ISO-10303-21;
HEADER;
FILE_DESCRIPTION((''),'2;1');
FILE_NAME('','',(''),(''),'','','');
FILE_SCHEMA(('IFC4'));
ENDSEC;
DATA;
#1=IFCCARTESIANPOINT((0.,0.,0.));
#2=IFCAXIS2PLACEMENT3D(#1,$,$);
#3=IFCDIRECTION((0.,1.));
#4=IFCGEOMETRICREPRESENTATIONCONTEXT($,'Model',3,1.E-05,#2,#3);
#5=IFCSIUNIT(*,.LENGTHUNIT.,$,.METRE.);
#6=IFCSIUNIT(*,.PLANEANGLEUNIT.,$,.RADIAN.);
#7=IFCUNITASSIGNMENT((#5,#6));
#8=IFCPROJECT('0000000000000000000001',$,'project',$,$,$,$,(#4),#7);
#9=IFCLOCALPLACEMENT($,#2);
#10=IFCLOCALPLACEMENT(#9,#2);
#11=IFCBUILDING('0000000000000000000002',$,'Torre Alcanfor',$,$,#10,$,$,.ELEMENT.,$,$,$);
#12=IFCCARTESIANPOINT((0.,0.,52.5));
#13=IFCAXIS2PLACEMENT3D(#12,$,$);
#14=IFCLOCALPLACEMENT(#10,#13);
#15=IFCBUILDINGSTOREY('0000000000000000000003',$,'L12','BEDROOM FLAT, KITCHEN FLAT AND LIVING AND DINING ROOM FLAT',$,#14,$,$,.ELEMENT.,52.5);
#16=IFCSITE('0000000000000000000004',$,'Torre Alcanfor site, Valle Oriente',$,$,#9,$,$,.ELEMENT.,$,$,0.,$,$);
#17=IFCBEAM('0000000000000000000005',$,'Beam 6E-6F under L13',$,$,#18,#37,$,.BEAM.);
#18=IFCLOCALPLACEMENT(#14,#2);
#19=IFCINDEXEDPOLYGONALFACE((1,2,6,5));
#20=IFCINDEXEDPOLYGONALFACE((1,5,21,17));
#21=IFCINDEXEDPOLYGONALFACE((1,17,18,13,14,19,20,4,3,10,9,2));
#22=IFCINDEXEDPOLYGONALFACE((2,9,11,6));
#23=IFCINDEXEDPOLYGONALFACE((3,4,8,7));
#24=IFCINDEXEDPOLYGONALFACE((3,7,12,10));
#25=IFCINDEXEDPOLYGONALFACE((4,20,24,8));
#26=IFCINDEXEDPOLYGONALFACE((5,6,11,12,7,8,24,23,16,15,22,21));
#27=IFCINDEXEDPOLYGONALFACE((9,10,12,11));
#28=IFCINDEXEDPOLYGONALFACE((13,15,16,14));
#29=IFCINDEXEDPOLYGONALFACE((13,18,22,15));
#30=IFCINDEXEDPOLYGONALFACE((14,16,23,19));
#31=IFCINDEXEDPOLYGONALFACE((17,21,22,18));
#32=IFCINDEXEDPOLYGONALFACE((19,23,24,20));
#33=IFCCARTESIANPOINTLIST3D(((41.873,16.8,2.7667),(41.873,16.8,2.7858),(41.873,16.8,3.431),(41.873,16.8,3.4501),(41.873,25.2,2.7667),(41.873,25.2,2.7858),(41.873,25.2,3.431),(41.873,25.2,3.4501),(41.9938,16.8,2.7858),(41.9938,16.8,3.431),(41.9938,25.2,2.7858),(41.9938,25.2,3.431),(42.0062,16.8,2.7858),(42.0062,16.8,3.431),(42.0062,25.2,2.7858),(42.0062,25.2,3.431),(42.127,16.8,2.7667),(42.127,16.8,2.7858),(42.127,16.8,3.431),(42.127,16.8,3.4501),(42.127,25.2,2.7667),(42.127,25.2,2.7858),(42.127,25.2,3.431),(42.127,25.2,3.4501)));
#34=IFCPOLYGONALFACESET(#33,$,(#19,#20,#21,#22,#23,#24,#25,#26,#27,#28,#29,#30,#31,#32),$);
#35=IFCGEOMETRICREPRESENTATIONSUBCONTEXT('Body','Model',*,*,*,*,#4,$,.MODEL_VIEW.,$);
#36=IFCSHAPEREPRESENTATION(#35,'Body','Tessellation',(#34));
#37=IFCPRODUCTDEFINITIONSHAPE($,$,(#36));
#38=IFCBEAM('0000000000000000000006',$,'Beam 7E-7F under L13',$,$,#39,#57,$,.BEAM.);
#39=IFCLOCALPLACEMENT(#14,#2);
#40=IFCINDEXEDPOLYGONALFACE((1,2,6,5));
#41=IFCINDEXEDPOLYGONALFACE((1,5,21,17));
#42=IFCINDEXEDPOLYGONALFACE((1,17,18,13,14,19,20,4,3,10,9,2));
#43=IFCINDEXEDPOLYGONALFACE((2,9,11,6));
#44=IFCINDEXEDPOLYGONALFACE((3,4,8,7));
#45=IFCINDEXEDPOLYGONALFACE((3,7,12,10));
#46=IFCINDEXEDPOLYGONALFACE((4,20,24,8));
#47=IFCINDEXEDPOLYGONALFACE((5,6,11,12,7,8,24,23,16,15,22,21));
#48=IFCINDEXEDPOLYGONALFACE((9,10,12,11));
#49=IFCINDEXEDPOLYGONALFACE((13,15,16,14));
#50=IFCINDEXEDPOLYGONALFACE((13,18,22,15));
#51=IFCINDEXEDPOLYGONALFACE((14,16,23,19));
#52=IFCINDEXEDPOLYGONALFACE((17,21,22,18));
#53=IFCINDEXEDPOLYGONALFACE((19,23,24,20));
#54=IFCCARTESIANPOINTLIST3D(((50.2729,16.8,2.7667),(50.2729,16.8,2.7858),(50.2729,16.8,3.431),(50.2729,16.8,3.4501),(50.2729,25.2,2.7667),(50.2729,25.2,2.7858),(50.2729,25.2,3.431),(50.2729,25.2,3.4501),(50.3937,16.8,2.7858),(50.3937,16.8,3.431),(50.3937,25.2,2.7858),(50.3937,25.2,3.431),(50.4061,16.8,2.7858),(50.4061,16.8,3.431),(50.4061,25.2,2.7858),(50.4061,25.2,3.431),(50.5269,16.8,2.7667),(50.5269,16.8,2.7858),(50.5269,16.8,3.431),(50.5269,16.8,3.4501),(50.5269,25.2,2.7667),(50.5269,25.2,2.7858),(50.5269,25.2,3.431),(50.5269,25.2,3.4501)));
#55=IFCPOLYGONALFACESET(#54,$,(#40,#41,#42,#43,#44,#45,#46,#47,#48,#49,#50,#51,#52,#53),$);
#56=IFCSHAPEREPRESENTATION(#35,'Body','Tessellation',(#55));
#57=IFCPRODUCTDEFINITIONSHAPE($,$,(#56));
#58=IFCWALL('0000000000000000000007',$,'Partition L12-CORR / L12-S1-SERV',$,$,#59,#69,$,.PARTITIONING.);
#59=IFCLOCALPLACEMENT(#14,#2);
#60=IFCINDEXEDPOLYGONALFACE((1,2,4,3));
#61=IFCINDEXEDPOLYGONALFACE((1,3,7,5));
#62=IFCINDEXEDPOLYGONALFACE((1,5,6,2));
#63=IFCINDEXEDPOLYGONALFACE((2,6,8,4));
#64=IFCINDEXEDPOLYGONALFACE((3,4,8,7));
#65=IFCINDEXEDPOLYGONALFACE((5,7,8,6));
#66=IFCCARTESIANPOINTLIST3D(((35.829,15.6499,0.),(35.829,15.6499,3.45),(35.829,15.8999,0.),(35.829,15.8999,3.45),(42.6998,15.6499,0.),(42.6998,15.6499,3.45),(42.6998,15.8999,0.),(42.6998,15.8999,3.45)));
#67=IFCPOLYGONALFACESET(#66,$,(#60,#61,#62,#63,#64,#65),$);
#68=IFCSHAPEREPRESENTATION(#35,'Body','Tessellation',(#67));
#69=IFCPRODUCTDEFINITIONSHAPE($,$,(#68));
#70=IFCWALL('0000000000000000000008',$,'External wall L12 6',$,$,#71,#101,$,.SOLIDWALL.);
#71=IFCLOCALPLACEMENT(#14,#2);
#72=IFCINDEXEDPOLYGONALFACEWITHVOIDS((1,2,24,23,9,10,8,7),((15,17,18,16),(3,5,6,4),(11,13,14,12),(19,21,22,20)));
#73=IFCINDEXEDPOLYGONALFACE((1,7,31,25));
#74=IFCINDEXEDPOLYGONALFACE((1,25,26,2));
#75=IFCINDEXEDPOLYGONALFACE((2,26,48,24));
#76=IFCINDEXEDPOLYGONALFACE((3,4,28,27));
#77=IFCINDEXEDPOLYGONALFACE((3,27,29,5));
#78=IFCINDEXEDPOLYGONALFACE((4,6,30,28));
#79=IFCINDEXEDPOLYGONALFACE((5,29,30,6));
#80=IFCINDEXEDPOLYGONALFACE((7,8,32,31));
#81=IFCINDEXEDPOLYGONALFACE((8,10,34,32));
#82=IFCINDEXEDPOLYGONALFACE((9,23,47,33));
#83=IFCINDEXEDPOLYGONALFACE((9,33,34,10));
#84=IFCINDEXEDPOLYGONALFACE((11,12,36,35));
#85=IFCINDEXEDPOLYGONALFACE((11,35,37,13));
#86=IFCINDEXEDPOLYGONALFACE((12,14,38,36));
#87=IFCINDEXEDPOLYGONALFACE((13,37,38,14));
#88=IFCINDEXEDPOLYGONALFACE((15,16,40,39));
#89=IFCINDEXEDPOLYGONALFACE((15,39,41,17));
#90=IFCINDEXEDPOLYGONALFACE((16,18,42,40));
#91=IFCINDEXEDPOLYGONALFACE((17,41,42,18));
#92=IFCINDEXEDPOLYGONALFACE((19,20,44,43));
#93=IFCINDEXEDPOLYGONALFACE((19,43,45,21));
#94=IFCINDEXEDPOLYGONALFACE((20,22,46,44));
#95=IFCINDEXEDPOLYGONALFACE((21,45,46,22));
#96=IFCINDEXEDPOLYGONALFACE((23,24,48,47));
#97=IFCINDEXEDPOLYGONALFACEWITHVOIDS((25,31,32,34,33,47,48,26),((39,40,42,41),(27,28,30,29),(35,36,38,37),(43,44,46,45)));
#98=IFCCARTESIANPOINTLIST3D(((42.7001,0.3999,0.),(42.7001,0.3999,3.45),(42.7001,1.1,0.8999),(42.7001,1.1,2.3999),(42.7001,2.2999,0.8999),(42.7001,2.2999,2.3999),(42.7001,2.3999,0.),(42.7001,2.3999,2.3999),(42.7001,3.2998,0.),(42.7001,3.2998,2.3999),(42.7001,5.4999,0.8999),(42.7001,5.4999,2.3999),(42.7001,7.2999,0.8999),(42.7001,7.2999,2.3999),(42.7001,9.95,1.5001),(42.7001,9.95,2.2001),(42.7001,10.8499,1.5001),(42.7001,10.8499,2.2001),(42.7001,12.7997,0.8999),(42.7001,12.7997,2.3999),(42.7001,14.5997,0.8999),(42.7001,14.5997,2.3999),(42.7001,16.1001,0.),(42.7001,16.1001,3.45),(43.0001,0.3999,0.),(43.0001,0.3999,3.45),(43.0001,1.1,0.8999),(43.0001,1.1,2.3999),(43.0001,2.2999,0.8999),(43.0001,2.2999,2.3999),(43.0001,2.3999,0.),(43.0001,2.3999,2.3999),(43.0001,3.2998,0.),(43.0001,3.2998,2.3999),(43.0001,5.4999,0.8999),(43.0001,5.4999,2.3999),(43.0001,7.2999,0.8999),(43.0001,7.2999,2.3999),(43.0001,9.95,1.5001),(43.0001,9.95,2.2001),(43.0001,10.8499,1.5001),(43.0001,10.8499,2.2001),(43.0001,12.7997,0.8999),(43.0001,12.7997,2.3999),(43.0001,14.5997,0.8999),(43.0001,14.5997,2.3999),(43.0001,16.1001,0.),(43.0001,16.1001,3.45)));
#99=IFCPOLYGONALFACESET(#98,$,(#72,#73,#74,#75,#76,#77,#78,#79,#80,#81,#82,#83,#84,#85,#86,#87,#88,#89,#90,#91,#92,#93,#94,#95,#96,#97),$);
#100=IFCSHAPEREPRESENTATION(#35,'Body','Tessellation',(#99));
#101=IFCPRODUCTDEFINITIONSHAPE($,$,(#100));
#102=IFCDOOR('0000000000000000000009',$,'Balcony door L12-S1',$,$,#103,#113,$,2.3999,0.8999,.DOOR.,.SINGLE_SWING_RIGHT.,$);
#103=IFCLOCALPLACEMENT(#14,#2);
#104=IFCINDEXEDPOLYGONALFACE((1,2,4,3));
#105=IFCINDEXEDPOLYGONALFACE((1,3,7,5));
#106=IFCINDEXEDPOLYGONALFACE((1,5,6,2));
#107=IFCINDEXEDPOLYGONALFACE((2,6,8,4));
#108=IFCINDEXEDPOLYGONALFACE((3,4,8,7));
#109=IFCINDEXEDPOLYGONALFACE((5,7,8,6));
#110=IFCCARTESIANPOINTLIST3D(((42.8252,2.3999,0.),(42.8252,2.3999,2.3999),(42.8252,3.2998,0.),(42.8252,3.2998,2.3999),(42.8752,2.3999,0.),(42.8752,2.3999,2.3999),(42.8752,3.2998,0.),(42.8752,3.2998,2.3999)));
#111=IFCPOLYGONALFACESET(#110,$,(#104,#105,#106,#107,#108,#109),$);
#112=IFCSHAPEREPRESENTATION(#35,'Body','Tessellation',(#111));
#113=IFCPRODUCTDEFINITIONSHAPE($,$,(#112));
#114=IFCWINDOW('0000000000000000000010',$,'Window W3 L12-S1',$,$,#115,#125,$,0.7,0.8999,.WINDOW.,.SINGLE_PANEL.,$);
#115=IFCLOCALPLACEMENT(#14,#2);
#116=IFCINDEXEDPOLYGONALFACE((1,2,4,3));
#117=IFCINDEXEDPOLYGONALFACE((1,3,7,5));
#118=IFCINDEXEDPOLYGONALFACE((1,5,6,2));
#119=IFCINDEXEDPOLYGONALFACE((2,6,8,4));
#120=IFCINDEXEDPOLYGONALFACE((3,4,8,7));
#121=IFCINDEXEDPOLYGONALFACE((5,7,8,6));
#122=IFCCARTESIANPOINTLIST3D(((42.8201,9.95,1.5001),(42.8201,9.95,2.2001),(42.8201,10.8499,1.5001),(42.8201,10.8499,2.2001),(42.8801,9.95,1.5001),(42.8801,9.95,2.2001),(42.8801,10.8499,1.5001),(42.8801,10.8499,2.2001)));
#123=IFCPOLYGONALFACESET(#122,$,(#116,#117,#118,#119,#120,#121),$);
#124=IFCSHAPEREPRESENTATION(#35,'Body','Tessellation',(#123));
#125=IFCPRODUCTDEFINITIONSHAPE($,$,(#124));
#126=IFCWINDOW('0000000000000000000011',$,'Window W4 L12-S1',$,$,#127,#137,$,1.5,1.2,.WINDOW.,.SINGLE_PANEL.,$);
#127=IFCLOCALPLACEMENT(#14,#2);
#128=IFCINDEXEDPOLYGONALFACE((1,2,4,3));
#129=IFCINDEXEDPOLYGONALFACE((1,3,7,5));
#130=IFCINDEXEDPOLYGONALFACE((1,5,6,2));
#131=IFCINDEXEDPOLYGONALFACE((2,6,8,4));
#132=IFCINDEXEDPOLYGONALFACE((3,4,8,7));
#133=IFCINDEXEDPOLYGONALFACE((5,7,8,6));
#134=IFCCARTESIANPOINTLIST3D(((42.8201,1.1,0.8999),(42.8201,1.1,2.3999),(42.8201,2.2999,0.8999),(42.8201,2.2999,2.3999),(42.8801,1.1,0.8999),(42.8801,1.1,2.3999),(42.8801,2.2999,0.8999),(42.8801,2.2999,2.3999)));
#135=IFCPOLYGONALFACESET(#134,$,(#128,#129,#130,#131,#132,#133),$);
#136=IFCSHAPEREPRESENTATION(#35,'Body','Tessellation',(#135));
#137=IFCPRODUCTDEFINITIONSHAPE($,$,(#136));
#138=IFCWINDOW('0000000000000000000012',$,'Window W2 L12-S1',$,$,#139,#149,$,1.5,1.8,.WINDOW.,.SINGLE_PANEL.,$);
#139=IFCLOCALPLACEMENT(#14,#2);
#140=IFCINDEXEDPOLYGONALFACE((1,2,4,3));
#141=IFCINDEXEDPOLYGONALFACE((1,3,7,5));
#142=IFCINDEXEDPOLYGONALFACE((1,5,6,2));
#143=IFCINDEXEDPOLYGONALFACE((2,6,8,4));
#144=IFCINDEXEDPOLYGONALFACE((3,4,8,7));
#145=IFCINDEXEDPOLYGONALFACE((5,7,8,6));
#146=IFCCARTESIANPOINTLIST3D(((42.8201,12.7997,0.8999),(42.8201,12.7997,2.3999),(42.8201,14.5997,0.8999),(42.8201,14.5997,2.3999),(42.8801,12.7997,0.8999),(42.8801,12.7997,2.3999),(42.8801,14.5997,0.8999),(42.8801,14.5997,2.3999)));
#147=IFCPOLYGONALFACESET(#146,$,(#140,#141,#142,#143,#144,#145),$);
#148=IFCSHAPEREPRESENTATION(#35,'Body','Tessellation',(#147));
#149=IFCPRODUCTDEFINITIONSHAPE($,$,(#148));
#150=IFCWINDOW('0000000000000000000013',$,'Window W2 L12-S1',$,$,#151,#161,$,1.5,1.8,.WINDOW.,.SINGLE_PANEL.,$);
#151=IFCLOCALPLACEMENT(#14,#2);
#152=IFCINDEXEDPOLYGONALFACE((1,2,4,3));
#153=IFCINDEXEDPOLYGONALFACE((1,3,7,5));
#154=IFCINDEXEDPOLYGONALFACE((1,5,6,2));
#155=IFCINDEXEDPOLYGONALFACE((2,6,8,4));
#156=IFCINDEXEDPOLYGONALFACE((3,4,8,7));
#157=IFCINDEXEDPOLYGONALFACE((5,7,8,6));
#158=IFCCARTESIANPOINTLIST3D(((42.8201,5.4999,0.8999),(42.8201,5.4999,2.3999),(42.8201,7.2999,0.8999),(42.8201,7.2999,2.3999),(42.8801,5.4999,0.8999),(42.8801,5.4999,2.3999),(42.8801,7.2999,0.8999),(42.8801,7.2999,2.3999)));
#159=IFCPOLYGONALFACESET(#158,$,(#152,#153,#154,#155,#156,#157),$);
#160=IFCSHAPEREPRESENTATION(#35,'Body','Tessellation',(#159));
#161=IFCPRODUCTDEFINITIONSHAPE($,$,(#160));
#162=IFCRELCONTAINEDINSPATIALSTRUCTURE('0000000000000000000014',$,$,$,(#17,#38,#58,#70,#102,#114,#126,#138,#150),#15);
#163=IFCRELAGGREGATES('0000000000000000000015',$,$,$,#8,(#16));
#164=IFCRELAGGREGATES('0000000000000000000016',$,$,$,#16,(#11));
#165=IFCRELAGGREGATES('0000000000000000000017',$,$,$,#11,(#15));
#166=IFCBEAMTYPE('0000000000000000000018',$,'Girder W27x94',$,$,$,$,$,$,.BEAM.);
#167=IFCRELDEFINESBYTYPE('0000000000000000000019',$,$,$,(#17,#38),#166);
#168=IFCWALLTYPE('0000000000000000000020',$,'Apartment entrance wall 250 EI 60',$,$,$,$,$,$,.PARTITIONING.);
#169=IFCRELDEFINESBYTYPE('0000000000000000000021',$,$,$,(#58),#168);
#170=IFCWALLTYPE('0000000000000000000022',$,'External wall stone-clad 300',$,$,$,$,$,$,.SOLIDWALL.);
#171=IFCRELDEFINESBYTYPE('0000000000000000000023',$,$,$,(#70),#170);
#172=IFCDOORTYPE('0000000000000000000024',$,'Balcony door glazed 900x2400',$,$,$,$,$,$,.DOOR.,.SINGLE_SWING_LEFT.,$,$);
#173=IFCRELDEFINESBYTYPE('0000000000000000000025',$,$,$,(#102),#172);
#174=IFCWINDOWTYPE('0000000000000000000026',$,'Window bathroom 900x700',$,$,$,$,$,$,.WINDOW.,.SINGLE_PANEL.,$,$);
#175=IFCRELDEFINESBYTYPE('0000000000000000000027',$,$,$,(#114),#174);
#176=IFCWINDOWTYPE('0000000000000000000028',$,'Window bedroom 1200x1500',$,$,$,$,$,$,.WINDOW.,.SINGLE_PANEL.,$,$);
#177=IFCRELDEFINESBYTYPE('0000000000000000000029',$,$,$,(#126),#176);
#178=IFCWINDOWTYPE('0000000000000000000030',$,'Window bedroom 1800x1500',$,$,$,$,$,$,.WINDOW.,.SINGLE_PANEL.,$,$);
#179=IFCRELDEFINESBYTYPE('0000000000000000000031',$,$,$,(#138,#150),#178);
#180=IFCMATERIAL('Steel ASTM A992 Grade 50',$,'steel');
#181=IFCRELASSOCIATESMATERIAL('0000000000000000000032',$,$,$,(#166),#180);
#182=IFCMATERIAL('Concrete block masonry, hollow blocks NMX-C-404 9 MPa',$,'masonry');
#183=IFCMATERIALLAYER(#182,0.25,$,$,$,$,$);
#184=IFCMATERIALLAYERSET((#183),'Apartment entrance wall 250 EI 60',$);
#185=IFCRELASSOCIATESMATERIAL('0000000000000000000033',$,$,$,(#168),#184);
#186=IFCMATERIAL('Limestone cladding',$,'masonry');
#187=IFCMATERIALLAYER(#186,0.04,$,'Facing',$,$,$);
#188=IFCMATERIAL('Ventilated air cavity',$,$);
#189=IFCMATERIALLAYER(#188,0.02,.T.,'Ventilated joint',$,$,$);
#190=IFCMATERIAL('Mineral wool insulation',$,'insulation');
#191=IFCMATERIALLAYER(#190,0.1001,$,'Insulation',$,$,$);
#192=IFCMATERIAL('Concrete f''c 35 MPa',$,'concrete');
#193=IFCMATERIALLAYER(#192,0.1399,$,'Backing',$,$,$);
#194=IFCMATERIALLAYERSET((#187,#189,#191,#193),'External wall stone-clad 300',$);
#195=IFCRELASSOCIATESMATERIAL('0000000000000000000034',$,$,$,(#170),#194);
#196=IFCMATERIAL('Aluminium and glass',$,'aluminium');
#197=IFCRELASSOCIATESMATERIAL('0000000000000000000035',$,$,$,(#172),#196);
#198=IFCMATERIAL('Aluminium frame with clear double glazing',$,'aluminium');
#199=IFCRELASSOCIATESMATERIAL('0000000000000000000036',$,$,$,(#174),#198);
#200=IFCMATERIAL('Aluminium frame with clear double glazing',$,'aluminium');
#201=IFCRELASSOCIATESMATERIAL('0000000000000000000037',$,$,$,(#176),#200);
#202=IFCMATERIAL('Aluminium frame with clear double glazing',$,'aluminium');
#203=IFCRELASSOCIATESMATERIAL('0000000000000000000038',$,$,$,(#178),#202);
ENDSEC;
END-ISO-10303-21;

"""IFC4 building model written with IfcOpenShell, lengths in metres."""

from ifc_helpers import new_model, si_unit, direction, frame, frame_2d, origin, origin_2d, place, context, subcontext, project, spatial, rectangle, i_section, extrude, material, layer, layer_set, material_profile, profile_set, type_object, element, fill, save


model = new_model("IFC4")

# Units and contexts
model_context = context("Model", 3, precision=1e-05, world=origin(), true_north=direction((0.0, 1.0)))
body_context = subcontext(model_context, "Body", "Model", "MODEL_VIEW")
ifc_project = project(units=[si_unit("LENGTHUNIT", "METRE"), si_unit("PLANEANGLEUNIT", "RADIAN")], contexts=[model_context])

# Site, building, storey
site_placement = place(None, origin())
site = spatial("IfcSite", under=ifc_project, at=site_placement, Name="Torre Alcanfor site, Valle Oriente", CompositionType="ELEMENT", RefElevation=0.0)
building_placement = place(site_placement, origin())
building = spatial("IfcBuilding", under=site, at=building_placement, Name="Torre Alcanfor", CompositionType="ELEMENT")
storey_placement = place(building_placement, frame((0.0, 0.0, 52.5)))
storey = spatial("IfcBuildingStorey", under=building, at=storey_placement, Name="L12", Description="BEDROOM FLAT, KITCHEN FLAT AND LIVING AND DINING ROOM FLAT", CompositionType="ELEMENT", Elevation=52.5)

# Beams
ifc_material_1 = material(Name="Steel ASTM A992 Grade 50", Category="steel")
ifc_material_profile_1 = material_profile(ifc_material_1, i_section(OverallWidth=0.2539, OverallDepth=0.6833, WebThickness=0.0125, FlangeThickness=0.019, at=origin_2d()), Name="W27x94")
ifc_profile_set_1 = profile_set([ifc_material_profile_1], Name="Steel ASTM A992 Grade 50")
beam_type_1 = type_object("IfcBeamType", Name="Girder W27x94", PredefinedType="BEAM", material=ifc_profile_set_1)
for number, where, z_axis, x_axis, name in (
    (1, (42.0, 16.8, 3.1084), (0.0, 1.0, 0.0), (-1.0, 0.0, 0.0), "Beam 6E-6F under L13"),
    (2, (50.3999, 16.8, 3.1084), (0.0, 1.0, 0.0), (-1.0, 0.0, 0.0), "Beam 7E-7F under L13"),
):
    element("IfcBeam", number, at=place(storey_placement, frame(where, z_axis=z_axis, x_axis=x_axis)), inside=storey, type_object=beam_type_1, Name=name, PredefinedType="BEAM", context=body_context, shape_type="SweptSolid", body=[
        extrude(i_section(OverallWidth=0.2539, OverallDepth=0.6833, WebThickness=0.0125, FlangeThickness=0.019, at=origin_2d()), origin(), (0.0, 0.0, 1.0), 8.3999),
    ])

# Wall
ifc_material_2 = material(Name="Concrete block masonry, hollow blocks NMX-C-404 9 MPa", Category="masonry")
ifc_layer_1 = layer(ifc_material_2, 0.25)
ifc_layer_set_1 = layer_set([ifc_layer_1], Name="Apartment entrance wall 250 EI 60")
wall_type_1 = type_object("IfcWallType", Name="Apartment entrance wall 250 EI 60", PredefinedType="PARTITIONING", material=ifc_layer_set_1)
wall_1_placement = place(storey_placement, frame((42.7, 15.7749, 0.0), z_axis=(0.0, 0.0, 1.0), x_axis=(-1.0, 0.0, 0.0)))
element("IfcWall", 3, at=wall_1_placement, inside=storey, type_object=wall_type_1, Name="Partition L12-CORR / L12-S1-SERV", PredefinedType="PARTITIONING", context=body_context, shape_type="SweptSolid", body=[
    extrude(rectangle(XDim=6.8708, YDim=0.25, at=frame_2d((3.4355, 0.0))), origin(), (0.0, 0.0, 1.0), 3.45),
])

# Wall, openings, door, windows
ifc_material_3 = material(Name="Limestone cladding", Category="masonry")
ifc_layer_2 = layer(ifc_material_3, 0.04, Name="Facing")
ifc_material_4 = material(Name="Ventilated air cavity")
ifc_layer_3 = layer(ifc_material_4, 0.02, ventilated=True, Name="Ventilated joint")
ifc_material_5 = material(Name="Mineral wool insulation", Category="insulation")
ifc_layer_4 = layer(ifc_material_5, 0.1001, Name="Insulation")
ifc_material_6 = material(Name="Concrete f'c 35 MPa", Category="concrete")
ifc_layer_5 = layer(ifc_material_6, 0.1399, Name="Backing")
ifc_layer_set_2 = layer_set([ifc_layer_2, ifc_layer_3, ifc_layer_4, ifc_layer_5], Name="External wall stone-clad 300")
wall_type_2 = type_object("IfcWallType", Name="External wall stone-clad 300", PredefinedType="SOLIDWALL", material=ifc_layer_set_2)
wall_2_placement = place(storey_placement, frame((42.8501, 0.3999, 0.0), z_axis=(0.0, 0.0, 1.0), x_axis=(0.0, 1.0, 0.0)))
wall_2 = element("IfcWall", 4, at=wall_2_placement, inside=storey, type_object=wall_type_2, Name="External wall L12 6", PredefinedType="SOLIDWALL", context=body_context, shape_type="SweptSolid", body=[
    extrude(rectangle(XDim=15.7002, YDim=0.3, at=frame_2d((7.8501, 0.0))), origin(), (0.0, 0.0, 1.0), 3.45),
])
opening_1_placement = place(wall_2_placement, frame((12.3999, 0.0, 0.8999)))
opening_1 = element("IfcOpeningElement", 5, at=opening_1_placement, cuts=wall_2, PredefinedType="OPENING", context=body_context, shape_type="SweptSolid", body=[
    extrude(rectangle(XDim=1.8, YDim=1.5, at=frame_2d((0.8999, 0.75))), frame((0.0, 0.1599, 0.0), z_axis=(0.0, -1.0, 0.0), x_axis=(1.0, 0.0, 0.0)), (0.0, 0.0, 1.0), 0.3201),
])
opening_2_placement = place(wall_2_placement, frame((9.55, 0.0, 1.5)))
opening_2 = element("IfcOpeningElement", 6, at=opening_2_placement, cuts=wall_2, PredefinedType="OPENING", context=body_context, shape_type="SweptSolid", body=[
    extrude(rectangle(XDim=0.8999, YDim=0.7, at=frame_2d((0.45, 0.3501))), frame((0.0, 0.1599, 0.0), z_axis=(0.0, -1.0, 0.0), x_axis=(1.0, 0.0, 0.0)), (0.0, 0.0, 1.0), 0.3201),
])
opening_3_placement = place(wall_2_placement, frame((5.1001, 0.0, 0.8999)))
opening_3 = element("IfcOpeningElement", 7, at=opening_3_placement, cuts=wall_2, PredefinedType="OPENING", context=body_context, shape_type="SweptSolid", body=[
    extrude(rectangle(XDim=1.8, YDim=1.5, at=frame_2d((0.8999, 0.75))), frame((0.0, 0.1599, 0.0), z_axis=(0.0, -1.0, 0.0), x_axis=(1.0, 0.0, 0.0)), (0.0, 0.0, 1.0), 0.3201),
])
opening_4_placement = place(wall_2_placement, frame((2.0, 0.0, 0.0)))
opening_4 = element("IfcOpeningElement", 8, at=opening_4_placement, cuts=wall_2, PredefinedType="OPENING", context=body_context, shape_type="SweptSolid", body=[
    extrude(rectangle(XDim=0.8999, YDim=2.3999, at=frame_2d((0.45, 1.2))), frame((0.0, 0.1599, 0.0), z_axis=(0.0, -1.0, 0.0), x_axis=(1.0, 0.0, 0.0)), (0.0, 0.0, 1.0), 0.3201),
])
opening_5_placement = place(wall_2_placement, frame((0.7, 0.0, 0.8999)))
opening_5 = element("IfcOpeningElement", 9, at=opening_5_placement, cuts=wall_2, PredefinedType="OPENING", context=body_context, shape_type="SweptSolid", body=[
    extrude(rectangle(XDim=1.2, YDim=1.5, at=frame_2d((0.6001, 0.75))), frame((0.0, 0.1599, 0.0), z_axis=(0.0, -1.0, 0.0), x_axis=(1.0, 0.0, 0.0)), (0.0, 0.0, 1.0), 0.3201),
])
ifc_material_7 = material(Name="Aluminium and glass", Category="aluminium")
door_type = type_object("IfcDoorType", Name="Balcony door glazed 900x2400", OperationType="SINGLE_SWING_LEFT", PredefinedType="DOOR", material=ifc_material_7)
door_1_placement = place(opening_4_placement, origin())
door_1 = element("IfcDoor", 10, at=door_1_placement, inside=storey, type_object=door_type, Name="Balcony door L12-S1", OperationType="SINGLE_SWING_RIGHT", OverallHeight=2.3999, OverallWidth=0.8999, PredefinedType="DOOR", context=body_context, shape_type="SweptSolid", body=[
    extrude(rectangle(XDim=0.8999, YDim=2.3999, at=frame_2d((0.45, 1.2))), frame((0.0, 0.0249, 0.0), z_axis=(0.0, -1.0, 0.0), x_axis=(1.0, 0.0, 0.0)), (0.0, 0.0, 1.0), 0.05),
])
fill(opening_4, door_1)
ifc_material_8 = material(Name="Aluminium frame with clear double glazing", Category="aluminium")
window_type_1 = type_object("IfcWindowType", Name="Window bathroom 900x700", PartitioningType="SINGLE_PANEL", PredefinedType="WINDOW", material=ifc_material_8)
window_1_placement = place(opening_2_placement, origin())
window_1 = element("IfcWindow", 11, at=window_1_placement, inside=storey, type_object=window_type_1, Name="Window W3 L12-S1", OverallHeight=0.7, OverallWidth=0.8999, PartitioningType="SINGLE_PANEL", PredefinedType="WINDOW", context=body_context, shape_type="SweptSolid", body=[
    extrude(rectangle(XDim=0.8999, YDim=0.7, at=frame_2d((0.45, 0.3501))), frame((0.0, 0.03, 0.0), z_axis=(0.0, -1.0, 0.0), x_axis=(1.0, 0.0, 0.0)), (0.0, 0.0, 1.0), 0.0601),
])
fill(opening_2, window_1)
ifc_material_9 = material(Name="Aluminium frame with clear double glazing", Category="aluminium")
window_type_2 = type_object("IfcWindowType", Name="Window bedroom 1200x1500", PartitioningType="SINGLE_PANEL", PredefinedType="WINDOW", material=ifc_material_9)
window_2_placement = place(opening_5_placement, origin())
window_2 = element("IfcWindow", 12, at=window_2_placement, inside=storey, type_object=window_type_2, Name="Window W4 L12-S1", OverallHeight=1.5, OverallWidth=1.2, PartitioningType="SINGLE_PANEL", PredefinedType="WINDOW", context=body_context, shape_type="SweptSolid", body=[
    extrude(rectangle(XDim=1.2, YDim=1.5, at=frame_2d((0.6001, 0.75))), frame((0.0, 0.03, 0.0), z_axis=(0.0, -1.0, 0.0), x_axis=(1.0, 0.0, 0.0)), (0.0, 0.0, 1.0), 0.0601),
])
fill(opening_5, window_2)
ifc_material_10 = material(Name="Aluminium frame with clear double glazing", Category="aluminium")
window_type_3 = type_object("IfcWindowType", Name="Window bedroom 1800x1500", PartitioningType="SINGLE_PANEL", PredefinedType="WINDOW", material=ifc_material_10)
window_3_placement = place(opening_1_placement, origin())
window_3 = element("IfcWindow", 13, at=window_3_placement, inside=storey, type_object=window_type_3, Name="Window W2 L12-S1", OverallHeight=1.5, OverallWidth=1.8, PartitioningType="SINGLE_PANEL", PredefinedType="WINDOW", context=body_context, shape_type="SweptSolid", body=[
    extrude(rectangle(XDim=1.8, YDim=1.5, at=frame_2d((0.8999, 0.75))), frame((0.0, 0.03, 0.0), z_axis=(0.0, -1.0, 0.0), x_axis=(1.0, 0.0, 0.0)), (0.0, 0.0, 1.0), 0.0601),
])
fill(opening_1, window_3)
window_4_placement = place(opening_3_placement, origin())
window_4 = element("IfcWindow", 14, at=window_4_placement, inside=storey, type_object=window_type_3, Name="Window W2 L12-S1", OverallHeight=1.5, OverallWidth=1.8, PartitioningType="SINGLE_PANEL", PredefinedType="WINDOW", context=body_context, shape_type="SweptSolid", body=[
    extrude(rectangle(XDim=1.8, YDim=1.5, at=frame_2d((0.8999, 0.75))), frame((0.0, 0.03, 0.0), z_axis=(0.0, -1.0, 0.0), x_axis=(1.0, 0.0, 0.0)), (0.0, 0.0, 1.0), 0.0601),
])
fill(opening_3, window_4)

save(model, "model.ifc")
